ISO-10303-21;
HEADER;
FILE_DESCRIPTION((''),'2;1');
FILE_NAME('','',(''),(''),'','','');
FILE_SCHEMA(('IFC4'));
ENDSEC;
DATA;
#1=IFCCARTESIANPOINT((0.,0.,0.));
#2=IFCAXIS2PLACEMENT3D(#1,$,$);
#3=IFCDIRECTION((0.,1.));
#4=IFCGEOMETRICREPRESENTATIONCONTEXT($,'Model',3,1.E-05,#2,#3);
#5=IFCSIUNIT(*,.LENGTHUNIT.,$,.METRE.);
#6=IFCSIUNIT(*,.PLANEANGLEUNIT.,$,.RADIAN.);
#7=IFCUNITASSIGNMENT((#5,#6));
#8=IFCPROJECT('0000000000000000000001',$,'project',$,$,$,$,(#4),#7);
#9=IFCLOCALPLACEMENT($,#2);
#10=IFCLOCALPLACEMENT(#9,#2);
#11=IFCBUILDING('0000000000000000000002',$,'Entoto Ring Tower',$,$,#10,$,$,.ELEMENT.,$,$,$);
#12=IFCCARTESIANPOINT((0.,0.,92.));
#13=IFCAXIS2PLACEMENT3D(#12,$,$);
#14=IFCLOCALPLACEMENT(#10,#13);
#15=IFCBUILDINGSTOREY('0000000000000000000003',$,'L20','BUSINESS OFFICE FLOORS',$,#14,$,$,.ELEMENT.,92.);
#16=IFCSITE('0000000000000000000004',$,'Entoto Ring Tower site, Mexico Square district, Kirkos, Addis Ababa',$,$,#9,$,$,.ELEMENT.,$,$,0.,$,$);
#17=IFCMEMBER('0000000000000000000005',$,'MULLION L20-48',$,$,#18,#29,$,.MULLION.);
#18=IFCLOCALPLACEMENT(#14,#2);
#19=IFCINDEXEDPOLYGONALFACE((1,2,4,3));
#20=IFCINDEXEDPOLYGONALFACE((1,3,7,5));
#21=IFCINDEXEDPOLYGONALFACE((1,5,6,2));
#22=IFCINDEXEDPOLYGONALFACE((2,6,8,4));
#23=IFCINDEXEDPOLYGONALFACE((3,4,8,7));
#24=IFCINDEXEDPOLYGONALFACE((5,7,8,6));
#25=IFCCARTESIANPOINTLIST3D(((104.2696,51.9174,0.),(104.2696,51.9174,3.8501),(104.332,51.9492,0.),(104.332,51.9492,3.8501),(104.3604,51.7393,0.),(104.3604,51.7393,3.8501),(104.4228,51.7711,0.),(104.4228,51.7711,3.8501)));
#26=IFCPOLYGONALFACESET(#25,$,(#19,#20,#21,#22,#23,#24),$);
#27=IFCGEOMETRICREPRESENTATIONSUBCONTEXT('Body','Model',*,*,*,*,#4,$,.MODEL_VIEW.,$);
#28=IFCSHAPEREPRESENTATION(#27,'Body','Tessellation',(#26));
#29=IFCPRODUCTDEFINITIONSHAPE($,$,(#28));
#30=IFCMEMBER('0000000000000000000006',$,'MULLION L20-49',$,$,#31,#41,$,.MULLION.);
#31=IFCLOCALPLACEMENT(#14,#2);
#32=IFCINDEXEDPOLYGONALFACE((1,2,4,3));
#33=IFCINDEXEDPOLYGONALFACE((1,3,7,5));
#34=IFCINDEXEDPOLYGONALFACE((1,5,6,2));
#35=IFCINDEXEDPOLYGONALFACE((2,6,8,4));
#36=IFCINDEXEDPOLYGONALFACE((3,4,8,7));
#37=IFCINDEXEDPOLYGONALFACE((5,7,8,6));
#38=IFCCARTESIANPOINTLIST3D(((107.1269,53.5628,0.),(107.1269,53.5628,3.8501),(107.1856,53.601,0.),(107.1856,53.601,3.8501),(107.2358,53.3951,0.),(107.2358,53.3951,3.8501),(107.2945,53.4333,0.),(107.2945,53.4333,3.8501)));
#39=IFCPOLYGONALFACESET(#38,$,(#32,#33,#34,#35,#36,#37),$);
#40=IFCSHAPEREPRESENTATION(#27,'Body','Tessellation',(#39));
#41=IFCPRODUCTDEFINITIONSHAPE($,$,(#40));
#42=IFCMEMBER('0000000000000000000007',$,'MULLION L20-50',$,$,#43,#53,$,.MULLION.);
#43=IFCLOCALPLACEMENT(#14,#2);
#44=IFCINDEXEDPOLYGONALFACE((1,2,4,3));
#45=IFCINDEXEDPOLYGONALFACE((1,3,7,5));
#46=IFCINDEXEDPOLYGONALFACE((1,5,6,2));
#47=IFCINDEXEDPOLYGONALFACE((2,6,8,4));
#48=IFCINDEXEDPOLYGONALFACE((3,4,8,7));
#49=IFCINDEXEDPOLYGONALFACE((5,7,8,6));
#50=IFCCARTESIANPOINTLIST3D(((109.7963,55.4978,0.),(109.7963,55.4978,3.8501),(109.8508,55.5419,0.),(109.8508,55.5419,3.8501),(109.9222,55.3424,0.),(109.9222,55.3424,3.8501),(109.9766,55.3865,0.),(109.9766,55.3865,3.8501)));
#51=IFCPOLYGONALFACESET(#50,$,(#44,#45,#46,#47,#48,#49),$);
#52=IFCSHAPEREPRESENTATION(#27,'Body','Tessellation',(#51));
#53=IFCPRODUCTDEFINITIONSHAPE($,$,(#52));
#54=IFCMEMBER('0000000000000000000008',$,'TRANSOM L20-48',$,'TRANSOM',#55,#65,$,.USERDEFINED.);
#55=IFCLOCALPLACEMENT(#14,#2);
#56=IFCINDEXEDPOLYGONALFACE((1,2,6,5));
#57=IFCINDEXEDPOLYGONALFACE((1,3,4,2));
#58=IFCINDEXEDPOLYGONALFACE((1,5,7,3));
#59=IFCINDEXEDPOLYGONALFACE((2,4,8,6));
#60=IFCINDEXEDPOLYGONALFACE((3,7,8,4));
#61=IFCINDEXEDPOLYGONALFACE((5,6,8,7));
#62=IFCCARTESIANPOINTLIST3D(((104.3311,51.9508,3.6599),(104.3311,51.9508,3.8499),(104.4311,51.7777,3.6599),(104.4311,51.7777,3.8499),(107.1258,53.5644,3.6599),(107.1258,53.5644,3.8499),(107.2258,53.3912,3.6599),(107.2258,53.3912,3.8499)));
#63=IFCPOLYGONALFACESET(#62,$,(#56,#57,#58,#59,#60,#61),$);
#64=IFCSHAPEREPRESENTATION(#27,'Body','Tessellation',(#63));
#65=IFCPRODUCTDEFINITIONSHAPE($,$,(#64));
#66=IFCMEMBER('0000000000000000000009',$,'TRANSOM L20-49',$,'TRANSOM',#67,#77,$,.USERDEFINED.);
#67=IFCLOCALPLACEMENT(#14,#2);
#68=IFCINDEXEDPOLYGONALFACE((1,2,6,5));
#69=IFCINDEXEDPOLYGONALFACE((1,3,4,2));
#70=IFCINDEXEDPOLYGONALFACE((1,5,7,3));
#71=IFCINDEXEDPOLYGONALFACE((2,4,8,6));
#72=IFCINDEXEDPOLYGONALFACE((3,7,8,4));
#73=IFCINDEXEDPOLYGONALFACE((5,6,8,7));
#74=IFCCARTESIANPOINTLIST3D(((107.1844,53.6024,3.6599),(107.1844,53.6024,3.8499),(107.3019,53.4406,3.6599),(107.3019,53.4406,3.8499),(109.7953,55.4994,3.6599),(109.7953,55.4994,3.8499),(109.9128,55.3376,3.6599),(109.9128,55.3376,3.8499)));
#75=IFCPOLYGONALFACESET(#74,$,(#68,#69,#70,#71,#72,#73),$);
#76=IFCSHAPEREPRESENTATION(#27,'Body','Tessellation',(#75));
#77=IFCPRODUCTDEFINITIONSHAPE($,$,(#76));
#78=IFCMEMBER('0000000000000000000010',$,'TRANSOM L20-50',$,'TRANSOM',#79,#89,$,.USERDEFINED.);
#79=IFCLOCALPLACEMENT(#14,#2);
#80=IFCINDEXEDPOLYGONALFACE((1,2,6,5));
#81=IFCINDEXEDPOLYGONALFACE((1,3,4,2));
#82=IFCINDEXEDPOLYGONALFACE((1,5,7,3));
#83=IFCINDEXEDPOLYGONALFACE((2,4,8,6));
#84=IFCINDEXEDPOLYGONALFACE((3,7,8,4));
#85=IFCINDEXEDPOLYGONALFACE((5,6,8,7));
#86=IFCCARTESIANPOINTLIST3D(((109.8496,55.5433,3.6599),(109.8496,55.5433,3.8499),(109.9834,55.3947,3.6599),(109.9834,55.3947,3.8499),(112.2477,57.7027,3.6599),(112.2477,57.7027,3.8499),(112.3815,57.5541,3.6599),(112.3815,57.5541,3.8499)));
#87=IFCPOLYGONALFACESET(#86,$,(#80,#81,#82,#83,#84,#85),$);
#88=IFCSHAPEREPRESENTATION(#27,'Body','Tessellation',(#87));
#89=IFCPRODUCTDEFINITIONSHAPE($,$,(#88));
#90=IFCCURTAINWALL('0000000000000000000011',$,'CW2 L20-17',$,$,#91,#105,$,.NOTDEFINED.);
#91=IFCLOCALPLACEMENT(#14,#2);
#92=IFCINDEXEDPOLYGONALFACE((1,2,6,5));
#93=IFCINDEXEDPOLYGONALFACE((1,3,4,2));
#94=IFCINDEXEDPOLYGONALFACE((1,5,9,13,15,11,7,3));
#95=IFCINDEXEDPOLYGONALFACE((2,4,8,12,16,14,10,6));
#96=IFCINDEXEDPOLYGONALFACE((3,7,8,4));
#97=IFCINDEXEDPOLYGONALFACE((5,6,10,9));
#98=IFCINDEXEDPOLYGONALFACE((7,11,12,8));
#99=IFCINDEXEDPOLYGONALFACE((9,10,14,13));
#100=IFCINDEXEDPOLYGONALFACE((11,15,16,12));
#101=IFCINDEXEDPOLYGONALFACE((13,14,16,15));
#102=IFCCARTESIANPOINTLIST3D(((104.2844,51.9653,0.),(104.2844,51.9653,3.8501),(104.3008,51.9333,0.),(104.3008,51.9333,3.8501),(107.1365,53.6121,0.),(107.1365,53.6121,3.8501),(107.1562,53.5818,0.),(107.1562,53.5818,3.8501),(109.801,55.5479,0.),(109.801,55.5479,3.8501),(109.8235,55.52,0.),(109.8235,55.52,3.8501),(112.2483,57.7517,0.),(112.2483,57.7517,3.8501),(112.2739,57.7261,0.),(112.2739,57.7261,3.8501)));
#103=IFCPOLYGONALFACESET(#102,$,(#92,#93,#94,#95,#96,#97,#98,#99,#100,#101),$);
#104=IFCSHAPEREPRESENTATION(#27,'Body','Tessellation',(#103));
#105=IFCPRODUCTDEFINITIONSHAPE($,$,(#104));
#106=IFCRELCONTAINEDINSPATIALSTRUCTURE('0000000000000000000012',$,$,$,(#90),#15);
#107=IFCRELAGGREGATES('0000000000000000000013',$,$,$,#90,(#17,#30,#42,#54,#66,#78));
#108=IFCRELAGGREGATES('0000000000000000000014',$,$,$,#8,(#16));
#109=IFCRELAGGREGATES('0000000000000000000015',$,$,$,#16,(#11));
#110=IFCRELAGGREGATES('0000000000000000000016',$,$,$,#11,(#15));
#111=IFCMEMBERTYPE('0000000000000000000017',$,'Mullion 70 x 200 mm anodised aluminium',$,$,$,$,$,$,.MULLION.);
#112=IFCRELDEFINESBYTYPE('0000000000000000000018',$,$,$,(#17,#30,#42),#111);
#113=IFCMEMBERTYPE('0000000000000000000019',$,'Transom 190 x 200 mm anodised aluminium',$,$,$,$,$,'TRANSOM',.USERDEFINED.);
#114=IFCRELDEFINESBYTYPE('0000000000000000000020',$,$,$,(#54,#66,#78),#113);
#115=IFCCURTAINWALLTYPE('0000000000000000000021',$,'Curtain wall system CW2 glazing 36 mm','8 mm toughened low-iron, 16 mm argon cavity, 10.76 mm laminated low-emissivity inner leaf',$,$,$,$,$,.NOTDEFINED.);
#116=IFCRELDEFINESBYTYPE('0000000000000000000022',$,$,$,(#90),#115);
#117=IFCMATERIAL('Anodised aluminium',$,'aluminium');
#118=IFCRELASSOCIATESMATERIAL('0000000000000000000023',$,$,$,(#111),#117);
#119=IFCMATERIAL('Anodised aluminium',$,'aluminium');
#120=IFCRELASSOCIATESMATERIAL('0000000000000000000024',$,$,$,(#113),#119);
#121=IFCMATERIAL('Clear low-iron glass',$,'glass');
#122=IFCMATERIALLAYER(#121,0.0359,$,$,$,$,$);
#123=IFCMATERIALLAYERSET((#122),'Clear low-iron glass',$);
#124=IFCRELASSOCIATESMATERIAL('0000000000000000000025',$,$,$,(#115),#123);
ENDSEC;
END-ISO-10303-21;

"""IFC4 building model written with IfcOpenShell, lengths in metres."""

from ifc_helpers import new_model, si_unit, direction, frame, origin, origin_2d, place, context, subcontext, project, spatial, polyline, rectangle, outline, extrude, material, layer, layer_set, material_profile, profile_set, type_object, element, aggregate, save


model = new_model("IFC4")

# Units and contexts
model_context = context("Model", 3, precision=1e-05, world=origin(), true_north=direction((0.0, 1.0)))
body_context = subcontext(model_context, "Body", "Model", "MODEL_VIEW")
ifc_project = project(units=[si_unit("LENGTHUNIT", "METRE"), si_unit("PLANEANGLEUNIT", "RADIAN")], contexts=[model_context])

# Members
ifc_material_1 = material(Name="Anodised aluminium", Category="aluminium")
ifc_material_profile_1 = material_profile(ifc_material_1, rectangle(XDim=0.0701, YDim=0.2, at=origin_2d()), Name="Mullion 70 x 200 mm anodised aluminium")
ifc_profile_set_1 = profile_set([ifc_material_profile_1], Name="Anodised aluminium")
member_type_1 = type_object("IfcMemberType", Name="Mullion 70 x 200 mm anodised aluminium", PredefinedType="MULLION", material=ifc_profile_set_1)
site_placement = place(None, origin())
building_placement = place(site_placement, origin())
storey_placement = place(building_placement, frame((0.0, 0.0, 92.0)))
member_1_placement = place(storey_placement, frame((104.3462, 51.8442, 0.0), z_axis=(0.0, 0.0, 1.0), x_axis=(0.891007, 0.45399, 0.0)))
member_1 = element("IfcMember", 1, at=member_1_placement, type_object=member_type_1, Name="MULLION L20-48", PredefinedType="MULLION", context=body_context, shape_type="SweptSolid", body=[
    extrude(rectangle(XDim=0.0701, YDim=0.2, at=origin_2d()), origin(), (0.0, 0.0, 1.0), 3.8501),
])
member_2_placement = place(storey_placement, frame((107.2107, 53.498, 0.0), z_axis=(0.0, 0.0, 1.0), x_axis=(0.838671, 0.544639, 0.0)))
member_2 = element("IfcMember", 2, at=member_2_placement, type_object=member_type_1, Name="MULLION L20-49", PredefinedType="MULLION", context=body_context, shape_type="SweptSolid", body=[
    extrude(rectangle(XDim=0.0701, YDim=0.2, at=origin_2d()), origin(), (0.0, 0.0, 1.0), 3.8501),
])
member_3_placement = place(storey_placement, frame((109.8865, 55.4421, 0.0), z_axis=(0.0, 0.0, 1.0), x_axis=(0.777146, 0.62932, 0.0)))
member_3 = element("IfcMember", 3, at=member_3_placement, type_object=member_type_1, Name="MULLION L20-50", PredefinedType="MULLION", context=body_context, shape_type="SweptSolid", body=[
    extrude(rectangle(XDim=0.0701, YDim=0.2, at=origin_2d()), origin(), (0.0, 0.0, 1.0), 3.8501),
])
ifc_material_2 = material(Name="Anodised aluminium", Category="aluminium")
ifc_material_profile_2 = material_profile(ifc_material_2, rectangle(XDim=0.2, YDim=0.1899, at=origin_2d()), Name="Transom 190 x 200 mm anodised aluminium")
ifc_profile_set_2 = profile_set([ifc_material_profile_2], Name="Anodised aluminium")
member_type_2 = type_object("IfcMemberType", Name="Transom 190 x 200 mm anodised aluminium", ElementType="TRANSOM", PredefinedType="USERDEFINED", material=ifc_profile_set_2)
member_4_placement = place(storey_placement, frame((104.3811, 51.8643, 3.7549), z_axis=(0.866023, 0.500004, 0.0), x_axis=(-0.500004, 0.866023, 0.0)))
member_4 = element("IfcMember", 4, at=member_4_placement, type_object=member_type_2, Name="TRANSOM L20-48", ObjectType="TRANSOM", PredefinedType="USERDEFINED", context=body_context, shape_type="SweptSolid", body=[
    extrude(rectangle(XDim=0.2, YDim=0.1899, at=origin_2d()), origin(), (0.0, 0.0, 1.0), 3.2271),
])
member_5_placement = place(storey_placement, frame((107.2432, 53.5215, 3.7549), z_axis=(0.809004, 0.587803, 0.0), x_axis=(-0.587803, 0.809004, 0.0)))
member_5 = element("IfcMember", 5, at=member_5_placement, type_object=member_type_2, Name="TRANSOM L20-49", ObjectType="TRANSOM", PredefinedType="USERDEFINED", context=body_context, shape_type="SweptSolid", body=[
    extrude(rectangle(XDim=0.2, YDim=0.1899, at=origin_2d()), origin(), (0.0, 0.0, 1.0), 3.2273),
])
member_6_placement = place(storey_placement, frame((109.9165, 55.469, 3.7549), z_axis=(0.743132, 0.669144, 0.0), x_axis=(-0.669144, 0.743132, 0.0)))
member_6 = element("IfcMember", 6, at=member_6_placement, type_object=member_type_2, Name="TRANSOM L20-50", ObjectType="TRANSOM", PredefinedType="USERDEFINED", context=body_context, shape_type="SweptSolid", body=[
    extrude(rectangle(XDim=0.2, YDim=0.1899, at=origin_2d()), origin(), (0.0, 0.0, 1.0), 3.2271),
])

# Site, building, storey
site = spatial("IfcSite", under=ifc_project, at=site_placement, Name="Entoto Ring Tower site, Mexico Square district, Kirkos, Addis Ababa", CompositionType="ELEMENT", RefElevation=0.0)
building = spatial("IfcBuilding", under=site, at=building_placement, Name="Entoto Ring Tower", CompositionType="ELEMENT")
storey = spatial("IfcBuildingStorey", under=building, at=storey_placement, Name="L20", Description="BUSINESS OFFICE FLOORS", CompositionType="ELEMENT", Elevation=92.0)

# Curtain wall
ifc_material_3 = material(Name="Clear low-iron glass", Category="glass")
ifc_layer_1 = layer(ifc_material_3, 0.0359)
ifc_layer_set_1 = layer_set([ifc_layer_1], Name="Clear low-iron glass")
curtain_wall_type = type_object("IfcCurtainWallType", Name="Curtain wall system CW2 glazing 36 mm", Description="8 mm toughened low-iron, 16 mm argon cavity, 10.76 mm laminated low-emissivity inner leaf", PredefinedType="NOTDEFINED", material=ifc_layer_set_1)
curtain_wall_1_placement = place(storey_placement, origin())
curtain_wall_1 = element("IfcCurtainWall", 7, at=curtain_wall_1_placement, inside=storey, type_object=curtain_wall_type, Name="CW2 L20-17", PredefinedType="NOTDEFINED", context=body_context, shape_type="SweptSolid", body=[
    extrude(outline(polyline([(104.3008, 51.9333), (107.1562, 53.5818), (109.8235, 55.52), (112.2739, 57.7261), (112.2483, 57.7517), (109.801, 55.5479), (107.1365, 53.6121), (104.2844, 51.9653), (104.3008, 51.9333)])), origin(), (0.0, 0.0, 1.0), 3.8501),
])
aggregate(curtain_wall_1, [member_1, member_2, member_3, member_4, member_5, member_6])

save(model, "model.ifc")
